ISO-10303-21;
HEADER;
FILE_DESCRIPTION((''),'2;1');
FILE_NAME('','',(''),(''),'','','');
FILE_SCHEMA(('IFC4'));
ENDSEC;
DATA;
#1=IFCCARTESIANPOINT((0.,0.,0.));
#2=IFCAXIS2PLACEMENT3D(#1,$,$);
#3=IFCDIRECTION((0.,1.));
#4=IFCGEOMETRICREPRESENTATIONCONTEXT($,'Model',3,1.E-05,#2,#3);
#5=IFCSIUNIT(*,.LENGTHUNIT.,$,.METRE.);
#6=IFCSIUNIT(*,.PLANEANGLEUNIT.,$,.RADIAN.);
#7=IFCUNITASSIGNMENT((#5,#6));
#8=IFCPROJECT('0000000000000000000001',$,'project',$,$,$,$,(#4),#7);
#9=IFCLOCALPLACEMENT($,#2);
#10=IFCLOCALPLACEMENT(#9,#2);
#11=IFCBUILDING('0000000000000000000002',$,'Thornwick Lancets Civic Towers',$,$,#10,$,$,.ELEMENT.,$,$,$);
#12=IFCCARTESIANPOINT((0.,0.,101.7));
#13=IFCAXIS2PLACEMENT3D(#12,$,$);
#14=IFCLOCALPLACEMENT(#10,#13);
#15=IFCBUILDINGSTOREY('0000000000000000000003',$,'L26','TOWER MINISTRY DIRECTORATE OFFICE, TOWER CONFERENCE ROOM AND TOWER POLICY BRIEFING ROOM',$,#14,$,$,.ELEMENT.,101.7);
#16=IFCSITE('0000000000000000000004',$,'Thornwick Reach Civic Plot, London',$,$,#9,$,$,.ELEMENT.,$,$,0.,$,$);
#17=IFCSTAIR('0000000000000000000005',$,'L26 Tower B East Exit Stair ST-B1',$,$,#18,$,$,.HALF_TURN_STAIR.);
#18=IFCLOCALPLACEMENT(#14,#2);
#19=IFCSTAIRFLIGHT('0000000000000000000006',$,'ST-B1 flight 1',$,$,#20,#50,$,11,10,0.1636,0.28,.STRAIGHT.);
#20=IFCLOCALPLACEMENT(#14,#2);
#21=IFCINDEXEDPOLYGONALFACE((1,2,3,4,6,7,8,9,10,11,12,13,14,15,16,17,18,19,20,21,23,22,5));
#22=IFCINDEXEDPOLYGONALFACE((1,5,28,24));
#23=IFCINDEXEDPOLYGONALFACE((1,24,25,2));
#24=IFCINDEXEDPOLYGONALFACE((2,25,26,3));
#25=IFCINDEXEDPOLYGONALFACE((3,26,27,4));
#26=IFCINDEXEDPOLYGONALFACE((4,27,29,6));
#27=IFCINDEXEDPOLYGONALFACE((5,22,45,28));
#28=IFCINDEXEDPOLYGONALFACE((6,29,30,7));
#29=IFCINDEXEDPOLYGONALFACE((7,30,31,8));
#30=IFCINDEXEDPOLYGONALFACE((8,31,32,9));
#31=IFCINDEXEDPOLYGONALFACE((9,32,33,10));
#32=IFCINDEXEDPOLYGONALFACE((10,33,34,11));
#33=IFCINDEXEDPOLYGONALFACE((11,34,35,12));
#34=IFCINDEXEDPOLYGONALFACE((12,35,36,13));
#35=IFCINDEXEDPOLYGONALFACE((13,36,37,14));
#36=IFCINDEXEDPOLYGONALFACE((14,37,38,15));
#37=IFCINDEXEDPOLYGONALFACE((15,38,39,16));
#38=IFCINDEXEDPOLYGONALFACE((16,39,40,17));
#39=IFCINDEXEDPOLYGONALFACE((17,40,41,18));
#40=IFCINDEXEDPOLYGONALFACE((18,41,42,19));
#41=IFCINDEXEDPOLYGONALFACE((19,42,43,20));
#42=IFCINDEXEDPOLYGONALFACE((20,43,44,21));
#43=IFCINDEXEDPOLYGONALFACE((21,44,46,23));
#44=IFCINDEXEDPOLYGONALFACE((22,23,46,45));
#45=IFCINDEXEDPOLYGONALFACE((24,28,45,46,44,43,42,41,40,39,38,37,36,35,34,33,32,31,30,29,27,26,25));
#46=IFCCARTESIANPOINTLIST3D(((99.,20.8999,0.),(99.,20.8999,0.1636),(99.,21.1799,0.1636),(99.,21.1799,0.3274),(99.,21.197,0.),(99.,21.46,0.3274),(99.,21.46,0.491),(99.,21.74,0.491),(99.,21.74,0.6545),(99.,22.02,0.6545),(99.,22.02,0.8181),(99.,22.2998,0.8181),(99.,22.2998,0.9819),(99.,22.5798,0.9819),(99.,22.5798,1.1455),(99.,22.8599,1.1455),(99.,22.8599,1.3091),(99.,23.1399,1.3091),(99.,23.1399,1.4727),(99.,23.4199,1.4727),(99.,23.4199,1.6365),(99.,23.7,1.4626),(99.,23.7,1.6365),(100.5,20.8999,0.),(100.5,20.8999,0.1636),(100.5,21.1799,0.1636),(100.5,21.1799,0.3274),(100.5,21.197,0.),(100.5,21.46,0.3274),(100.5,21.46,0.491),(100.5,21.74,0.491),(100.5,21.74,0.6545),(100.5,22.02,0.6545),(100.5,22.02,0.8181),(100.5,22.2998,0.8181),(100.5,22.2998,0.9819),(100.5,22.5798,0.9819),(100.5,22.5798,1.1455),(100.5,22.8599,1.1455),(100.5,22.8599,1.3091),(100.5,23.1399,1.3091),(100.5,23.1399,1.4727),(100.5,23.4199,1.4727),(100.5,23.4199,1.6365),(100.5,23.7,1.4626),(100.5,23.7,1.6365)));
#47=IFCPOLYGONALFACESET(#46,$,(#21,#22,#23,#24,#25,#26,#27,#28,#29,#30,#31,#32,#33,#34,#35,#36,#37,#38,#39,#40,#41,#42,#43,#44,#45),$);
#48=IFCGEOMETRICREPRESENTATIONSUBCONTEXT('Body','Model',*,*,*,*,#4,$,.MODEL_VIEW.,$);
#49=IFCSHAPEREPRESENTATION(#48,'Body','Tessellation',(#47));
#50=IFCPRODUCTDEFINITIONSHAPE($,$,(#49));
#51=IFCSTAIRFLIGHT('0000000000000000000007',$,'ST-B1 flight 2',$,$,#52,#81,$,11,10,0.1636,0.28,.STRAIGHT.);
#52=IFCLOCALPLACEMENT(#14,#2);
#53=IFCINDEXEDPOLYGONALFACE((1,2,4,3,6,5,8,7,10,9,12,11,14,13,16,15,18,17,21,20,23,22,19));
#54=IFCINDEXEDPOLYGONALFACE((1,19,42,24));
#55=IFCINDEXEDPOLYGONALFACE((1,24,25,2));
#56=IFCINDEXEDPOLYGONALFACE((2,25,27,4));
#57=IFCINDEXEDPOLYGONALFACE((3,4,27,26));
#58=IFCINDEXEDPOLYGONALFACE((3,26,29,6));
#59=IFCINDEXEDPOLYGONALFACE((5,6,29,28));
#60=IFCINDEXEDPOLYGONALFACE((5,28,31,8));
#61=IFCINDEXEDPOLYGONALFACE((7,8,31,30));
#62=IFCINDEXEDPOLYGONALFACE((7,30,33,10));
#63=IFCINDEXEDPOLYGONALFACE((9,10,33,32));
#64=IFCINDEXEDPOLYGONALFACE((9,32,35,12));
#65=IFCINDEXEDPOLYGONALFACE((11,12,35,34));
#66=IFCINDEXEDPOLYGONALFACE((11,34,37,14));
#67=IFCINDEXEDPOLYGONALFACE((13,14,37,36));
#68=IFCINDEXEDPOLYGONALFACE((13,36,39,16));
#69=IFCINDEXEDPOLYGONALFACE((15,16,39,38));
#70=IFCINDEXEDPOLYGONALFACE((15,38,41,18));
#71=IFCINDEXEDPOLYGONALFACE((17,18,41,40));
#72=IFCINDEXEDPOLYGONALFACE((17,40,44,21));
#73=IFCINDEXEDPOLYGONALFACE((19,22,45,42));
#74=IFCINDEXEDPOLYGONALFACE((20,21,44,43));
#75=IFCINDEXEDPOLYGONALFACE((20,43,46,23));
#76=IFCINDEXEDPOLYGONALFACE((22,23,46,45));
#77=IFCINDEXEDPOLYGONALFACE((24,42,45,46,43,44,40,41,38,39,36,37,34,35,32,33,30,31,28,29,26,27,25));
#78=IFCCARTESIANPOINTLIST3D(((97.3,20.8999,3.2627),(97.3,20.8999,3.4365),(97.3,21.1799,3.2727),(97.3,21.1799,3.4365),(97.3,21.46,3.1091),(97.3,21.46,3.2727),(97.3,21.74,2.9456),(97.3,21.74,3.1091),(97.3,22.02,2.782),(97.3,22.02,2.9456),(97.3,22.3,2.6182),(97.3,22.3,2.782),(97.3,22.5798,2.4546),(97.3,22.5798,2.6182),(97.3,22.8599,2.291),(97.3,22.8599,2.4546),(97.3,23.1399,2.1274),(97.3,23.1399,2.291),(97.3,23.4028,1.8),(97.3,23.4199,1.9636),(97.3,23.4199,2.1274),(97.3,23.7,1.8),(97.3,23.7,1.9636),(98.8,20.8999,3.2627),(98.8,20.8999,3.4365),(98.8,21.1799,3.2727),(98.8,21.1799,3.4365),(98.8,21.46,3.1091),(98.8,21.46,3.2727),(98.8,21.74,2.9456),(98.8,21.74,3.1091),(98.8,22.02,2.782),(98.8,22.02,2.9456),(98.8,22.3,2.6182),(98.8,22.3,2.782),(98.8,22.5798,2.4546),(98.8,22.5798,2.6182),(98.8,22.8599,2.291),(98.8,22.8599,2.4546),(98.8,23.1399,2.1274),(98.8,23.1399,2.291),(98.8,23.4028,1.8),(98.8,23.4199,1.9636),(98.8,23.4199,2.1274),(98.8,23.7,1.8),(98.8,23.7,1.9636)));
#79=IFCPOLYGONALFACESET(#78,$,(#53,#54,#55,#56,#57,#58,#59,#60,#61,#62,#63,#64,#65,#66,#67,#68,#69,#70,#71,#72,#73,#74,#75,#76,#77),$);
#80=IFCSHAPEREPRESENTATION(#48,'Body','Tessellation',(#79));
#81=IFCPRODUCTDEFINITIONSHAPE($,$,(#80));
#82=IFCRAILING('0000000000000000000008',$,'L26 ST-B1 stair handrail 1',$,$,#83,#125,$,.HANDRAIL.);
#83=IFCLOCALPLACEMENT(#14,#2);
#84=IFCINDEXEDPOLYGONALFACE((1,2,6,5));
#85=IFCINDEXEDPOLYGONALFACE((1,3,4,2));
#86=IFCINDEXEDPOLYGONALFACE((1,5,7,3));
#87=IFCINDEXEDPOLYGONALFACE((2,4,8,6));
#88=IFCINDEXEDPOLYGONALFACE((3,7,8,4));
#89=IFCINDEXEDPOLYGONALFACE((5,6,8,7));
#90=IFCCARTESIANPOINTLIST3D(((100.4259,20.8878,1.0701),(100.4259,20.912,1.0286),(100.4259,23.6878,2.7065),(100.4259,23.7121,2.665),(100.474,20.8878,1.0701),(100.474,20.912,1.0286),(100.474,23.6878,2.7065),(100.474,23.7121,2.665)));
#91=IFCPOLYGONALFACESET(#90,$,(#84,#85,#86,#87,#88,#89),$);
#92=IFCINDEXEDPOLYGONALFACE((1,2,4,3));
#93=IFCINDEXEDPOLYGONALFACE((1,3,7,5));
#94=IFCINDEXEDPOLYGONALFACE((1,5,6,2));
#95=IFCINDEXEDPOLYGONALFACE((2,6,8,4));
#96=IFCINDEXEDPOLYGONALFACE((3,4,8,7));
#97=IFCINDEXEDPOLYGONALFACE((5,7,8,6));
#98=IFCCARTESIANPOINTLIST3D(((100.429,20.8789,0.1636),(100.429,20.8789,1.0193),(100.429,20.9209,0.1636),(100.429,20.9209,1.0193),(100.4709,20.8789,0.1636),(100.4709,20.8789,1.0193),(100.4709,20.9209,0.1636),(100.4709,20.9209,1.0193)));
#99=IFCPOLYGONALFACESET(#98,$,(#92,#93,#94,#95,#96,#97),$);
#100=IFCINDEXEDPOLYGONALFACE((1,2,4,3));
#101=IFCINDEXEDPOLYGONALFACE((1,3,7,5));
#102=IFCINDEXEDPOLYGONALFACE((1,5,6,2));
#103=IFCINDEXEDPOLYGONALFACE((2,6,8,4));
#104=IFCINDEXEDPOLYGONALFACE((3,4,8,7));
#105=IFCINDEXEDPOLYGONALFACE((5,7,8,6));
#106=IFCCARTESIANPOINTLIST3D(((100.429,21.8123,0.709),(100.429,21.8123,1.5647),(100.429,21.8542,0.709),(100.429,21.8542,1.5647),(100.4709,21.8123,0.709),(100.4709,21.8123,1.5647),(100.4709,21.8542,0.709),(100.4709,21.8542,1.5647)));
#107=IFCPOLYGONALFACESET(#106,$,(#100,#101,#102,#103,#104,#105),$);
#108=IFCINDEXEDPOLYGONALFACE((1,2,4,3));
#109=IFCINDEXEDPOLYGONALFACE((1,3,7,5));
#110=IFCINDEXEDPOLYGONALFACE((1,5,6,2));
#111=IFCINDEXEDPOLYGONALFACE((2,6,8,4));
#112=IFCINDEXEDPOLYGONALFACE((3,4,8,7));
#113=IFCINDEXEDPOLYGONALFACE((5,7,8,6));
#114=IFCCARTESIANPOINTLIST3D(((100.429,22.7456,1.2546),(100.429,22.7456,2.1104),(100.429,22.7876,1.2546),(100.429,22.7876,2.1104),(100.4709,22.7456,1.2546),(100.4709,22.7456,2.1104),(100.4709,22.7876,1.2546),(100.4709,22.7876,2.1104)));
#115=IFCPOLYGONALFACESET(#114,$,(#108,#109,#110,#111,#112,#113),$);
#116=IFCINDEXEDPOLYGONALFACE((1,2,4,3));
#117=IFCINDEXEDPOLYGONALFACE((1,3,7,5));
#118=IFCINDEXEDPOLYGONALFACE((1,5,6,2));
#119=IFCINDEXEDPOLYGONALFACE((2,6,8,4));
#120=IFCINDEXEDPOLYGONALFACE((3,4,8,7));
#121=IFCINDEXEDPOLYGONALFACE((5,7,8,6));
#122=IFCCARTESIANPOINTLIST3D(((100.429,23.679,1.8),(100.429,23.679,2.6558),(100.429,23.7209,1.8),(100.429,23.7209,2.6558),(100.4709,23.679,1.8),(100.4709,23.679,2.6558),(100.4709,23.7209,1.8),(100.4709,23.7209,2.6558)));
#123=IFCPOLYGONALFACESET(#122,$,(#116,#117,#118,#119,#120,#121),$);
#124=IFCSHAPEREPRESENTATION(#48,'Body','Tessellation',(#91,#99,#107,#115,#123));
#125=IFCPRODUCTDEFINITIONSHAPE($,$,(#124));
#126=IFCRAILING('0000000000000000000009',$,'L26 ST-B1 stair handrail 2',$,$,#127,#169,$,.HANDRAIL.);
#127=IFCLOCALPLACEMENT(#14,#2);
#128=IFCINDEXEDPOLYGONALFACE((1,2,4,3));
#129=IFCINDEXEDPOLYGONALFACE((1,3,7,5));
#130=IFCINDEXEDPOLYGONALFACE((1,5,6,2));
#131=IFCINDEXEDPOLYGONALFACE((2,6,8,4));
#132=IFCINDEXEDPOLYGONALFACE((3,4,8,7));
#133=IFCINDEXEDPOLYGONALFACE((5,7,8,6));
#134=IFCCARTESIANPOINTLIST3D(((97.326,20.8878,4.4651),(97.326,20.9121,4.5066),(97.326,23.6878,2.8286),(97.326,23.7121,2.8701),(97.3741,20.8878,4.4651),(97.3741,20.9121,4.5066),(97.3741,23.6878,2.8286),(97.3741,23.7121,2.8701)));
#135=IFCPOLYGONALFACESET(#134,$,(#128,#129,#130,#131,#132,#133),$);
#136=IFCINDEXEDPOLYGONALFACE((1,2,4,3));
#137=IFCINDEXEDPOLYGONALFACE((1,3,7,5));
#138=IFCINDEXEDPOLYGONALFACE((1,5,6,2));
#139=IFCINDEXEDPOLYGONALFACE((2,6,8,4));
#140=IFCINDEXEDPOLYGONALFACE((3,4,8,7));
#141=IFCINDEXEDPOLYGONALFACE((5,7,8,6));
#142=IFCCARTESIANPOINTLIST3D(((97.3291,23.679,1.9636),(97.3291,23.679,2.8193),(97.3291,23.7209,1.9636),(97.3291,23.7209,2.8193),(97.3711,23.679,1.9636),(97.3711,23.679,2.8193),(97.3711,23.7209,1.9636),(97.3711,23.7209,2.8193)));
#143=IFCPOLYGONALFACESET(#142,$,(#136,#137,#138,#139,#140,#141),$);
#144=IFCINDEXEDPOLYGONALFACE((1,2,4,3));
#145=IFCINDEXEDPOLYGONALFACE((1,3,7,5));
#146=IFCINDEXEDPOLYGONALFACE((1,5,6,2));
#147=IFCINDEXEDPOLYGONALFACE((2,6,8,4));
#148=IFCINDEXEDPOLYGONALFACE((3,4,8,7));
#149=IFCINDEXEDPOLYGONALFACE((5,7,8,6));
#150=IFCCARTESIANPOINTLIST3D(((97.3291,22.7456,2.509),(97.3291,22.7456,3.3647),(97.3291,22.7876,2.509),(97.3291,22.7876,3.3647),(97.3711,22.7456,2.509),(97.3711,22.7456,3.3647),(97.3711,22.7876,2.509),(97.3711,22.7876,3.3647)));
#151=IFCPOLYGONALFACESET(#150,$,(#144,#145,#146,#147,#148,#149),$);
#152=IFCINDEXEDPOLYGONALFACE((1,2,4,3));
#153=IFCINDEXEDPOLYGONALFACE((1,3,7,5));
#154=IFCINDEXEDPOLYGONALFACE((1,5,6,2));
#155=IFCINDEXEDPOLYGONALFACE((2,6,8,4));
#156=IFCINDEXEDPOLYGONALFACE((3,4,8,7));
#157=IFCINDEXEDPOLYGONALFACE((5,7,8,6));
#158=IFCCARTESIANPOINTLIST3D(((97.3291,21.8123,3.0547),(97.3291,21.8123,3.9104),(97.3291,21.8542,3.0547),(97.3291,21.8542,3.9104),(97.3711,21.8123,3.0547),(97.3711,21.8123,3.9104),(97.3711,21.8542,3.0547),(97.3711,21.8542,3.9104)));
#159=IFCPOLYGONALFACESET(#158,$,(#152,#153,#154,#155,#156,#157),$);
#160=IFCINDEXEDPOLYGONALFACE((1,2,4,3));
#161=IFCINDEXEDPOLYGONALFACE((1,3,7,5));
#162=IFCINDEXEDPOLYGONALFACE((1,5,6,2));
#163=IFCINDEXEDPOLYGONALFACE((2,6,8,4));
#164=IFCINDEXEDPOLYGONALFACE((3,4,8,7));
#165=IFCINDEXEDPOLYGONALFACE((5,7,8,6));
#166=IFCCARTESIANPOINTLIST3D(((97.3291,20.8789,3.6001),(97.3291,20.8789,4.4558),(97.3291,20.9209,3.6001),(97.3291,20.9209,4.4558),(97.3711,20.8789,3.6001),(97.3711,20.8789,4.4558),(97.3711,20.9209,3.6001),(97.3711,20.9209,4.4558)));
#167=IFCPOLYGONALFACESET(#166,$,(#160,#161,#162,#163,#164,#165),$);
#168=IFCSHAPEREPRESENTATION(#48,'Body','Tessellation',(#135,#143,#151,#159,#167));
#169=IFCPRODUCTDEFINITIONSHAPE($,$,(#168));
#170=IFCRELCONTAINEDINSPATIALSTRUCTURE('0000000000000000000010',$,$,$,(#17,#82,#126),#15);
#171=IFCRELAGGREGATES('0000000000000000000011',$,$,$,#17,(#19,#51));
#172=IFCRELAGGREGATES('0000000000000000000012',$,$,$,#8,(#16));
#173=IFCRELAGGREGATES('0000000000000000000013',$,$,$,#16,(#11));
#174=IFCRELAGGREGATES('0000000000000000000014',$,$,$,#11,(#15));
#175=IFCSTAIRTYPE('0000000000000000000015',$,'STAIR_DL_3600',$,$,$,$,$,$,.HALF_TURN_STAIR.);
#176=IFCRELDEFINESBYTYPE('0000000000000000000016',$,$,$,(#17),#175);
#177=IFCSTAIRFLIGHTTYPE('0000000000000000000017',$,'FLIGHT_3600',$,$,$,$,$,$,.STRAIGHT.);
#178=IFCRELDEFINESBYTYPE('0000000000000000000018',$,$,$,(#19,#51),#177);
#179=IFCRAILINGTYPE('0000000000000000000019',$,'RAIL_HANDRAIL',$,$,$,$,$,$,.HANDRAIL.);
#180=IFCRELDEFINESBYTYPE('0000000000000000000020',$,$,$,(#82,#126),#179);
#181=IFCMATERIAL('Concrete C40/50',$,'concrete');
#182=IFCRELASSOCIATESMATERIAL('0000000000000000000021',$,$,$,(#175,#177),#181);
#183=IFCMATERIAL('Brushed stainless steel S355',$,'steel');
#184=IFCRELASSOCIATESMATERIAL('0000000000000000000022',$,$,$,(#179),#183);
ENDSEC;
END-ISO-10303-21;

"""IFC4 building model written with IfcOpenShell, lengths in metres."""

from ifc_helpers import new_model, si_unit, direction, frame, origin, origin_2d, place, context, subcontext, project, spatial, polyline, rectangle, outline, extrude, material, type_object, element, aggregate, save


model = new_model("IFC4")

# Units and contexts
model_context = context("Model", 3, precision=1e-05, world=origin(), true_north=direction((0.0, 1.0)))
body_context = subcontext(model_context, "Body", "Model", "MODEL_VIEW")
ifc_project = project(units=[si_unit("LENGTHUNIT", "METRE"), si_unit("PLANEANGLEUNIT", "RADIAN")], contexts=[model_context])

# Site, building, storey
site_placement = place(None, origin())
site = spatial("IfcSite", under=ifc_project, at=site_placement, Name="Thornwick Reach Civic Plot, London", CompositionType="ELEMENT", RefElevation=0.0)
building_placement = place(site_placement, origin())
building = spatial("IfcBuilding", under=site, at=building_placement, Name="Thornwick Lancets Civic Towers", CompositionType="ELEMENT")
storey_placement = place(building_placement, frame((0.0, 0.0, 101.7)))
storey = spatial("IfcBuildingStorey", under=building, at=storey_placement, Name="L26", Description="TOWER MINISTRY DIRECTORATE OFFICE, TOWER CONFERENCE ROOM AND TOWER POLICY BRIEFING ROOM", CompositionType="ELEMENT", Elevation=101.7)

# Shared definitions
ifc_material_1 = material(Name="Concrete C40/50", Category="concrete")

# Stair, stair flights
stair_type = type_object("IfcStairType", Name="STAIR_DL_3600", PredefinedType="HALF_TURN_STAIR", material=ifc_material_1)
stair_placement = place(storey_placement, origin())
stair = element("IfcStair", 1, at=stair_placement, inside=storey, type_object=stair_type, Name="L26 Tower B East Exit Stair ST-B1", PredefinedType="HALF_TURN_STAIR")
stair_flight_type = type_object("IfcStairFlightType", Name="FLIGHT_3600", PredefinedType="STRAIGHT", material=ifc_material_1)
stair_flight_1_placement = place(storey_placement, frame((99.75, 20.8999, 0.0), z_axis=(0.0, 0.0, 1.0), x_axis=(0.0, 1.0, 0.0)))
stair_flight_1 = element("IfcStairFlight", 2, at=stair_flight_1_placement, type_object=stair_flight_type, Name="ST-B1 flight 1", NumberOfRisers=11, NumberOfTreads=10, PredefinedType="STRAIGHT", RiserHeight=0.1636, TreadLength=0.28, context=body_context, shape_type="SweptSolid", body=[
    extrude(outline(polyline([(0.0, 0.0), (0.0, 0.1636), (0.28, 0.1636), (0.28, 0.3274), (0.5601, 0.3274), (0.5601, 0.491), (0.8401, 0.491), (0.8401, 0.6545), (1.1201, 0.6545), (1.1201, 0.8181), (1.3999, 0.8181), (1.3999, 0.9819), (1.6799, 0.9819), (1.6799, 1.1455), (1.96, 1.1455), (1.96, 1.3091), (2.24, 1.3091), (2.24, 1.4727), (2.52, 1.4727), (2.52, 1.6365), (2.8, 1.6365), (2.8, 1.8), (2.8, 1.4626), (0.2971, 0.0), (0.0, 0.0)])), frame((0.0, 0.75, 0.0), z_axis=(0.0, -1.0, 0.0), x_axis=(1.0, 0.0, 0.0)), (0.0, 0.0, 1.0), 1.5),
])
stair_flight_2_placement = place(storey_placement, frame((98.05, 23.7, 1.8), z_axis=(0.0, 0.0, 1.0), x_axis=(0.0, -1.0, 0.0)))
stair_flight_2 = element("IfcStairFlight", 3, at=stair_flight_2_placement, type_object=stair_flight_type, Name="ST-B1 flight 2", NumberOfRisers=11, NumberOfTreads=10, PredefinedType="STRAIGHT", RiserHeight=0.1636, TreadLength=0.28, context=body_context, shape_type="SweptSolid", body=[
    extrude(outline(polyline([(0.0, 0.0), (0.0, 0.1636), (0.28, 0.1636), (0.28, 0.3274), (0.5601, 0.3274), (0.5601, 0.491), (0.8401, 0.491), (0.8401, 0.6545), (1.1201, 0.6545), (1.1201, 0.8181), (1.3999, 0.8181), (1.3999, 0.9819), (1.6799, 0.9819), (1.6799, 1.1455), (1.96, 1.1455), (1.96, 1.3091), (2.24, 1.3091), (2.24, 1.4727), (2.52, 1.4727), (2.52, 1.6365), (2.8, 1.6365), (2.8, 1.8), (2.8, 1.4626), (0.2971, 0.0), (0.0, 0.0)])), frame((0.0, 0.75, 0.0), z_axis=(0.0, -1.0, 0.0), x_axis=(1.0, 0.0, 0.0)), (0.0, 0.0, 1.0), 1.5),
])
aggregate(stair, [stair_flight_1, stair_flight_2])

# Railings
ifc_material_2 = material(Name="Brushed stainless steel S355", Category="steel")
railing_type_1 = type_object("IfcRailingType", Name="RAIL_HANDRAIL", PredefinedType="HANDRAIL", material=ifc_material_2)
railing_1_placement = place(storey_placement, frame((100.45, 20.8999, 0.1636)))
element("IfcRailing", 4, at=railing_1_placement, inside=storey, type_object=railing_type_1, Name="L26 ST-B1 stair handrail 1", PredefinedType="HANDRAIL", context=body_context, shape_type="SweptSolid", body=[
    extrude(rectangle(XDim=0.0481, YDim=0.0481, at=origin_2d()), frame((0.0, 0.0, 0.8857), z_axis=(0.0, 0.863361, 0.504587), x_axis=(-1.0, 0.0, 0.0)), (0.0, 0.0, 1.0), 3.2432),
    extrude(rectangle(XDim=0.042, YDim=0.042, at=origin_2d()), origin(), (0.0, 0.0, 1.0), 0.8557),
    extrude(rectangle(XDim=0.042, YDim=0.042, at=origin_2d()), frame((0.0, 0.9333, 0.5454)), (0.0, 0.0, 1.0), 0.8557),
    extrude(rectangle(XDim=0.042, YDim=0.042, at=origin_2d()), frame((0.0, 1.8667, 1.0911)), (0.0, 0.0, 1.0), 0.8557),
    extrude(rectangle(XDim=0.042, YDim=0.042, at=origin_2d()), frame((0.0, 2.8, 1.6365)), (0.0, 0.0, 1.0), 0.8557),
])
railing_2_placement = place(storey_placement, frame((97.3501, 23.7, 1.9636)))
element("IfcRailing", 5, at=railing_2_placement, inside=storey, type_object=railing_type_1, Name="L26 ST-B1 stair handrail 2", PredefinedType="HANDRAIL", context=body_context, shape_type="SweptSolid", body=[
    extrude(rectangle(XDim=0.0481, YDim=0.0481, at=origin_2d()), frame((0.0, 0.0, 0.8857), z_axis=(0.0, -0.863361, 0.504587), x_axis=(1.0, 0.0, 0.0)), (0.0, 0.0, 1.0), 3.2432),
    extrude(rectangle(XDim=0.042, YDim=0.042, at=origin_2d()), origin(), (0.0, 0.0, 1.0), 0.8557),
    extrude(rectangle(XDim=0.042, YDim=0.042, at=origin_2d()), frame((0.0, -0.9333, 0.5454)), (0.0, 0.0, 1.0), 0.8557),
    extrude(rectangle(XDim=0.042, YDim=0.042, at=origin_2d()), frame((0.0, -1.8667, 1.0911)), (0.0, 0.0, 1.0), 0.8557),
    extrude(rectangle(XDim=0.042, YDim=0.042, at=origin_2d()), frame((0.0, -2.8, 1.6365)), (0.0, 0.0, 1.0), 0.8557),
])

save(model, "model.ifc")
